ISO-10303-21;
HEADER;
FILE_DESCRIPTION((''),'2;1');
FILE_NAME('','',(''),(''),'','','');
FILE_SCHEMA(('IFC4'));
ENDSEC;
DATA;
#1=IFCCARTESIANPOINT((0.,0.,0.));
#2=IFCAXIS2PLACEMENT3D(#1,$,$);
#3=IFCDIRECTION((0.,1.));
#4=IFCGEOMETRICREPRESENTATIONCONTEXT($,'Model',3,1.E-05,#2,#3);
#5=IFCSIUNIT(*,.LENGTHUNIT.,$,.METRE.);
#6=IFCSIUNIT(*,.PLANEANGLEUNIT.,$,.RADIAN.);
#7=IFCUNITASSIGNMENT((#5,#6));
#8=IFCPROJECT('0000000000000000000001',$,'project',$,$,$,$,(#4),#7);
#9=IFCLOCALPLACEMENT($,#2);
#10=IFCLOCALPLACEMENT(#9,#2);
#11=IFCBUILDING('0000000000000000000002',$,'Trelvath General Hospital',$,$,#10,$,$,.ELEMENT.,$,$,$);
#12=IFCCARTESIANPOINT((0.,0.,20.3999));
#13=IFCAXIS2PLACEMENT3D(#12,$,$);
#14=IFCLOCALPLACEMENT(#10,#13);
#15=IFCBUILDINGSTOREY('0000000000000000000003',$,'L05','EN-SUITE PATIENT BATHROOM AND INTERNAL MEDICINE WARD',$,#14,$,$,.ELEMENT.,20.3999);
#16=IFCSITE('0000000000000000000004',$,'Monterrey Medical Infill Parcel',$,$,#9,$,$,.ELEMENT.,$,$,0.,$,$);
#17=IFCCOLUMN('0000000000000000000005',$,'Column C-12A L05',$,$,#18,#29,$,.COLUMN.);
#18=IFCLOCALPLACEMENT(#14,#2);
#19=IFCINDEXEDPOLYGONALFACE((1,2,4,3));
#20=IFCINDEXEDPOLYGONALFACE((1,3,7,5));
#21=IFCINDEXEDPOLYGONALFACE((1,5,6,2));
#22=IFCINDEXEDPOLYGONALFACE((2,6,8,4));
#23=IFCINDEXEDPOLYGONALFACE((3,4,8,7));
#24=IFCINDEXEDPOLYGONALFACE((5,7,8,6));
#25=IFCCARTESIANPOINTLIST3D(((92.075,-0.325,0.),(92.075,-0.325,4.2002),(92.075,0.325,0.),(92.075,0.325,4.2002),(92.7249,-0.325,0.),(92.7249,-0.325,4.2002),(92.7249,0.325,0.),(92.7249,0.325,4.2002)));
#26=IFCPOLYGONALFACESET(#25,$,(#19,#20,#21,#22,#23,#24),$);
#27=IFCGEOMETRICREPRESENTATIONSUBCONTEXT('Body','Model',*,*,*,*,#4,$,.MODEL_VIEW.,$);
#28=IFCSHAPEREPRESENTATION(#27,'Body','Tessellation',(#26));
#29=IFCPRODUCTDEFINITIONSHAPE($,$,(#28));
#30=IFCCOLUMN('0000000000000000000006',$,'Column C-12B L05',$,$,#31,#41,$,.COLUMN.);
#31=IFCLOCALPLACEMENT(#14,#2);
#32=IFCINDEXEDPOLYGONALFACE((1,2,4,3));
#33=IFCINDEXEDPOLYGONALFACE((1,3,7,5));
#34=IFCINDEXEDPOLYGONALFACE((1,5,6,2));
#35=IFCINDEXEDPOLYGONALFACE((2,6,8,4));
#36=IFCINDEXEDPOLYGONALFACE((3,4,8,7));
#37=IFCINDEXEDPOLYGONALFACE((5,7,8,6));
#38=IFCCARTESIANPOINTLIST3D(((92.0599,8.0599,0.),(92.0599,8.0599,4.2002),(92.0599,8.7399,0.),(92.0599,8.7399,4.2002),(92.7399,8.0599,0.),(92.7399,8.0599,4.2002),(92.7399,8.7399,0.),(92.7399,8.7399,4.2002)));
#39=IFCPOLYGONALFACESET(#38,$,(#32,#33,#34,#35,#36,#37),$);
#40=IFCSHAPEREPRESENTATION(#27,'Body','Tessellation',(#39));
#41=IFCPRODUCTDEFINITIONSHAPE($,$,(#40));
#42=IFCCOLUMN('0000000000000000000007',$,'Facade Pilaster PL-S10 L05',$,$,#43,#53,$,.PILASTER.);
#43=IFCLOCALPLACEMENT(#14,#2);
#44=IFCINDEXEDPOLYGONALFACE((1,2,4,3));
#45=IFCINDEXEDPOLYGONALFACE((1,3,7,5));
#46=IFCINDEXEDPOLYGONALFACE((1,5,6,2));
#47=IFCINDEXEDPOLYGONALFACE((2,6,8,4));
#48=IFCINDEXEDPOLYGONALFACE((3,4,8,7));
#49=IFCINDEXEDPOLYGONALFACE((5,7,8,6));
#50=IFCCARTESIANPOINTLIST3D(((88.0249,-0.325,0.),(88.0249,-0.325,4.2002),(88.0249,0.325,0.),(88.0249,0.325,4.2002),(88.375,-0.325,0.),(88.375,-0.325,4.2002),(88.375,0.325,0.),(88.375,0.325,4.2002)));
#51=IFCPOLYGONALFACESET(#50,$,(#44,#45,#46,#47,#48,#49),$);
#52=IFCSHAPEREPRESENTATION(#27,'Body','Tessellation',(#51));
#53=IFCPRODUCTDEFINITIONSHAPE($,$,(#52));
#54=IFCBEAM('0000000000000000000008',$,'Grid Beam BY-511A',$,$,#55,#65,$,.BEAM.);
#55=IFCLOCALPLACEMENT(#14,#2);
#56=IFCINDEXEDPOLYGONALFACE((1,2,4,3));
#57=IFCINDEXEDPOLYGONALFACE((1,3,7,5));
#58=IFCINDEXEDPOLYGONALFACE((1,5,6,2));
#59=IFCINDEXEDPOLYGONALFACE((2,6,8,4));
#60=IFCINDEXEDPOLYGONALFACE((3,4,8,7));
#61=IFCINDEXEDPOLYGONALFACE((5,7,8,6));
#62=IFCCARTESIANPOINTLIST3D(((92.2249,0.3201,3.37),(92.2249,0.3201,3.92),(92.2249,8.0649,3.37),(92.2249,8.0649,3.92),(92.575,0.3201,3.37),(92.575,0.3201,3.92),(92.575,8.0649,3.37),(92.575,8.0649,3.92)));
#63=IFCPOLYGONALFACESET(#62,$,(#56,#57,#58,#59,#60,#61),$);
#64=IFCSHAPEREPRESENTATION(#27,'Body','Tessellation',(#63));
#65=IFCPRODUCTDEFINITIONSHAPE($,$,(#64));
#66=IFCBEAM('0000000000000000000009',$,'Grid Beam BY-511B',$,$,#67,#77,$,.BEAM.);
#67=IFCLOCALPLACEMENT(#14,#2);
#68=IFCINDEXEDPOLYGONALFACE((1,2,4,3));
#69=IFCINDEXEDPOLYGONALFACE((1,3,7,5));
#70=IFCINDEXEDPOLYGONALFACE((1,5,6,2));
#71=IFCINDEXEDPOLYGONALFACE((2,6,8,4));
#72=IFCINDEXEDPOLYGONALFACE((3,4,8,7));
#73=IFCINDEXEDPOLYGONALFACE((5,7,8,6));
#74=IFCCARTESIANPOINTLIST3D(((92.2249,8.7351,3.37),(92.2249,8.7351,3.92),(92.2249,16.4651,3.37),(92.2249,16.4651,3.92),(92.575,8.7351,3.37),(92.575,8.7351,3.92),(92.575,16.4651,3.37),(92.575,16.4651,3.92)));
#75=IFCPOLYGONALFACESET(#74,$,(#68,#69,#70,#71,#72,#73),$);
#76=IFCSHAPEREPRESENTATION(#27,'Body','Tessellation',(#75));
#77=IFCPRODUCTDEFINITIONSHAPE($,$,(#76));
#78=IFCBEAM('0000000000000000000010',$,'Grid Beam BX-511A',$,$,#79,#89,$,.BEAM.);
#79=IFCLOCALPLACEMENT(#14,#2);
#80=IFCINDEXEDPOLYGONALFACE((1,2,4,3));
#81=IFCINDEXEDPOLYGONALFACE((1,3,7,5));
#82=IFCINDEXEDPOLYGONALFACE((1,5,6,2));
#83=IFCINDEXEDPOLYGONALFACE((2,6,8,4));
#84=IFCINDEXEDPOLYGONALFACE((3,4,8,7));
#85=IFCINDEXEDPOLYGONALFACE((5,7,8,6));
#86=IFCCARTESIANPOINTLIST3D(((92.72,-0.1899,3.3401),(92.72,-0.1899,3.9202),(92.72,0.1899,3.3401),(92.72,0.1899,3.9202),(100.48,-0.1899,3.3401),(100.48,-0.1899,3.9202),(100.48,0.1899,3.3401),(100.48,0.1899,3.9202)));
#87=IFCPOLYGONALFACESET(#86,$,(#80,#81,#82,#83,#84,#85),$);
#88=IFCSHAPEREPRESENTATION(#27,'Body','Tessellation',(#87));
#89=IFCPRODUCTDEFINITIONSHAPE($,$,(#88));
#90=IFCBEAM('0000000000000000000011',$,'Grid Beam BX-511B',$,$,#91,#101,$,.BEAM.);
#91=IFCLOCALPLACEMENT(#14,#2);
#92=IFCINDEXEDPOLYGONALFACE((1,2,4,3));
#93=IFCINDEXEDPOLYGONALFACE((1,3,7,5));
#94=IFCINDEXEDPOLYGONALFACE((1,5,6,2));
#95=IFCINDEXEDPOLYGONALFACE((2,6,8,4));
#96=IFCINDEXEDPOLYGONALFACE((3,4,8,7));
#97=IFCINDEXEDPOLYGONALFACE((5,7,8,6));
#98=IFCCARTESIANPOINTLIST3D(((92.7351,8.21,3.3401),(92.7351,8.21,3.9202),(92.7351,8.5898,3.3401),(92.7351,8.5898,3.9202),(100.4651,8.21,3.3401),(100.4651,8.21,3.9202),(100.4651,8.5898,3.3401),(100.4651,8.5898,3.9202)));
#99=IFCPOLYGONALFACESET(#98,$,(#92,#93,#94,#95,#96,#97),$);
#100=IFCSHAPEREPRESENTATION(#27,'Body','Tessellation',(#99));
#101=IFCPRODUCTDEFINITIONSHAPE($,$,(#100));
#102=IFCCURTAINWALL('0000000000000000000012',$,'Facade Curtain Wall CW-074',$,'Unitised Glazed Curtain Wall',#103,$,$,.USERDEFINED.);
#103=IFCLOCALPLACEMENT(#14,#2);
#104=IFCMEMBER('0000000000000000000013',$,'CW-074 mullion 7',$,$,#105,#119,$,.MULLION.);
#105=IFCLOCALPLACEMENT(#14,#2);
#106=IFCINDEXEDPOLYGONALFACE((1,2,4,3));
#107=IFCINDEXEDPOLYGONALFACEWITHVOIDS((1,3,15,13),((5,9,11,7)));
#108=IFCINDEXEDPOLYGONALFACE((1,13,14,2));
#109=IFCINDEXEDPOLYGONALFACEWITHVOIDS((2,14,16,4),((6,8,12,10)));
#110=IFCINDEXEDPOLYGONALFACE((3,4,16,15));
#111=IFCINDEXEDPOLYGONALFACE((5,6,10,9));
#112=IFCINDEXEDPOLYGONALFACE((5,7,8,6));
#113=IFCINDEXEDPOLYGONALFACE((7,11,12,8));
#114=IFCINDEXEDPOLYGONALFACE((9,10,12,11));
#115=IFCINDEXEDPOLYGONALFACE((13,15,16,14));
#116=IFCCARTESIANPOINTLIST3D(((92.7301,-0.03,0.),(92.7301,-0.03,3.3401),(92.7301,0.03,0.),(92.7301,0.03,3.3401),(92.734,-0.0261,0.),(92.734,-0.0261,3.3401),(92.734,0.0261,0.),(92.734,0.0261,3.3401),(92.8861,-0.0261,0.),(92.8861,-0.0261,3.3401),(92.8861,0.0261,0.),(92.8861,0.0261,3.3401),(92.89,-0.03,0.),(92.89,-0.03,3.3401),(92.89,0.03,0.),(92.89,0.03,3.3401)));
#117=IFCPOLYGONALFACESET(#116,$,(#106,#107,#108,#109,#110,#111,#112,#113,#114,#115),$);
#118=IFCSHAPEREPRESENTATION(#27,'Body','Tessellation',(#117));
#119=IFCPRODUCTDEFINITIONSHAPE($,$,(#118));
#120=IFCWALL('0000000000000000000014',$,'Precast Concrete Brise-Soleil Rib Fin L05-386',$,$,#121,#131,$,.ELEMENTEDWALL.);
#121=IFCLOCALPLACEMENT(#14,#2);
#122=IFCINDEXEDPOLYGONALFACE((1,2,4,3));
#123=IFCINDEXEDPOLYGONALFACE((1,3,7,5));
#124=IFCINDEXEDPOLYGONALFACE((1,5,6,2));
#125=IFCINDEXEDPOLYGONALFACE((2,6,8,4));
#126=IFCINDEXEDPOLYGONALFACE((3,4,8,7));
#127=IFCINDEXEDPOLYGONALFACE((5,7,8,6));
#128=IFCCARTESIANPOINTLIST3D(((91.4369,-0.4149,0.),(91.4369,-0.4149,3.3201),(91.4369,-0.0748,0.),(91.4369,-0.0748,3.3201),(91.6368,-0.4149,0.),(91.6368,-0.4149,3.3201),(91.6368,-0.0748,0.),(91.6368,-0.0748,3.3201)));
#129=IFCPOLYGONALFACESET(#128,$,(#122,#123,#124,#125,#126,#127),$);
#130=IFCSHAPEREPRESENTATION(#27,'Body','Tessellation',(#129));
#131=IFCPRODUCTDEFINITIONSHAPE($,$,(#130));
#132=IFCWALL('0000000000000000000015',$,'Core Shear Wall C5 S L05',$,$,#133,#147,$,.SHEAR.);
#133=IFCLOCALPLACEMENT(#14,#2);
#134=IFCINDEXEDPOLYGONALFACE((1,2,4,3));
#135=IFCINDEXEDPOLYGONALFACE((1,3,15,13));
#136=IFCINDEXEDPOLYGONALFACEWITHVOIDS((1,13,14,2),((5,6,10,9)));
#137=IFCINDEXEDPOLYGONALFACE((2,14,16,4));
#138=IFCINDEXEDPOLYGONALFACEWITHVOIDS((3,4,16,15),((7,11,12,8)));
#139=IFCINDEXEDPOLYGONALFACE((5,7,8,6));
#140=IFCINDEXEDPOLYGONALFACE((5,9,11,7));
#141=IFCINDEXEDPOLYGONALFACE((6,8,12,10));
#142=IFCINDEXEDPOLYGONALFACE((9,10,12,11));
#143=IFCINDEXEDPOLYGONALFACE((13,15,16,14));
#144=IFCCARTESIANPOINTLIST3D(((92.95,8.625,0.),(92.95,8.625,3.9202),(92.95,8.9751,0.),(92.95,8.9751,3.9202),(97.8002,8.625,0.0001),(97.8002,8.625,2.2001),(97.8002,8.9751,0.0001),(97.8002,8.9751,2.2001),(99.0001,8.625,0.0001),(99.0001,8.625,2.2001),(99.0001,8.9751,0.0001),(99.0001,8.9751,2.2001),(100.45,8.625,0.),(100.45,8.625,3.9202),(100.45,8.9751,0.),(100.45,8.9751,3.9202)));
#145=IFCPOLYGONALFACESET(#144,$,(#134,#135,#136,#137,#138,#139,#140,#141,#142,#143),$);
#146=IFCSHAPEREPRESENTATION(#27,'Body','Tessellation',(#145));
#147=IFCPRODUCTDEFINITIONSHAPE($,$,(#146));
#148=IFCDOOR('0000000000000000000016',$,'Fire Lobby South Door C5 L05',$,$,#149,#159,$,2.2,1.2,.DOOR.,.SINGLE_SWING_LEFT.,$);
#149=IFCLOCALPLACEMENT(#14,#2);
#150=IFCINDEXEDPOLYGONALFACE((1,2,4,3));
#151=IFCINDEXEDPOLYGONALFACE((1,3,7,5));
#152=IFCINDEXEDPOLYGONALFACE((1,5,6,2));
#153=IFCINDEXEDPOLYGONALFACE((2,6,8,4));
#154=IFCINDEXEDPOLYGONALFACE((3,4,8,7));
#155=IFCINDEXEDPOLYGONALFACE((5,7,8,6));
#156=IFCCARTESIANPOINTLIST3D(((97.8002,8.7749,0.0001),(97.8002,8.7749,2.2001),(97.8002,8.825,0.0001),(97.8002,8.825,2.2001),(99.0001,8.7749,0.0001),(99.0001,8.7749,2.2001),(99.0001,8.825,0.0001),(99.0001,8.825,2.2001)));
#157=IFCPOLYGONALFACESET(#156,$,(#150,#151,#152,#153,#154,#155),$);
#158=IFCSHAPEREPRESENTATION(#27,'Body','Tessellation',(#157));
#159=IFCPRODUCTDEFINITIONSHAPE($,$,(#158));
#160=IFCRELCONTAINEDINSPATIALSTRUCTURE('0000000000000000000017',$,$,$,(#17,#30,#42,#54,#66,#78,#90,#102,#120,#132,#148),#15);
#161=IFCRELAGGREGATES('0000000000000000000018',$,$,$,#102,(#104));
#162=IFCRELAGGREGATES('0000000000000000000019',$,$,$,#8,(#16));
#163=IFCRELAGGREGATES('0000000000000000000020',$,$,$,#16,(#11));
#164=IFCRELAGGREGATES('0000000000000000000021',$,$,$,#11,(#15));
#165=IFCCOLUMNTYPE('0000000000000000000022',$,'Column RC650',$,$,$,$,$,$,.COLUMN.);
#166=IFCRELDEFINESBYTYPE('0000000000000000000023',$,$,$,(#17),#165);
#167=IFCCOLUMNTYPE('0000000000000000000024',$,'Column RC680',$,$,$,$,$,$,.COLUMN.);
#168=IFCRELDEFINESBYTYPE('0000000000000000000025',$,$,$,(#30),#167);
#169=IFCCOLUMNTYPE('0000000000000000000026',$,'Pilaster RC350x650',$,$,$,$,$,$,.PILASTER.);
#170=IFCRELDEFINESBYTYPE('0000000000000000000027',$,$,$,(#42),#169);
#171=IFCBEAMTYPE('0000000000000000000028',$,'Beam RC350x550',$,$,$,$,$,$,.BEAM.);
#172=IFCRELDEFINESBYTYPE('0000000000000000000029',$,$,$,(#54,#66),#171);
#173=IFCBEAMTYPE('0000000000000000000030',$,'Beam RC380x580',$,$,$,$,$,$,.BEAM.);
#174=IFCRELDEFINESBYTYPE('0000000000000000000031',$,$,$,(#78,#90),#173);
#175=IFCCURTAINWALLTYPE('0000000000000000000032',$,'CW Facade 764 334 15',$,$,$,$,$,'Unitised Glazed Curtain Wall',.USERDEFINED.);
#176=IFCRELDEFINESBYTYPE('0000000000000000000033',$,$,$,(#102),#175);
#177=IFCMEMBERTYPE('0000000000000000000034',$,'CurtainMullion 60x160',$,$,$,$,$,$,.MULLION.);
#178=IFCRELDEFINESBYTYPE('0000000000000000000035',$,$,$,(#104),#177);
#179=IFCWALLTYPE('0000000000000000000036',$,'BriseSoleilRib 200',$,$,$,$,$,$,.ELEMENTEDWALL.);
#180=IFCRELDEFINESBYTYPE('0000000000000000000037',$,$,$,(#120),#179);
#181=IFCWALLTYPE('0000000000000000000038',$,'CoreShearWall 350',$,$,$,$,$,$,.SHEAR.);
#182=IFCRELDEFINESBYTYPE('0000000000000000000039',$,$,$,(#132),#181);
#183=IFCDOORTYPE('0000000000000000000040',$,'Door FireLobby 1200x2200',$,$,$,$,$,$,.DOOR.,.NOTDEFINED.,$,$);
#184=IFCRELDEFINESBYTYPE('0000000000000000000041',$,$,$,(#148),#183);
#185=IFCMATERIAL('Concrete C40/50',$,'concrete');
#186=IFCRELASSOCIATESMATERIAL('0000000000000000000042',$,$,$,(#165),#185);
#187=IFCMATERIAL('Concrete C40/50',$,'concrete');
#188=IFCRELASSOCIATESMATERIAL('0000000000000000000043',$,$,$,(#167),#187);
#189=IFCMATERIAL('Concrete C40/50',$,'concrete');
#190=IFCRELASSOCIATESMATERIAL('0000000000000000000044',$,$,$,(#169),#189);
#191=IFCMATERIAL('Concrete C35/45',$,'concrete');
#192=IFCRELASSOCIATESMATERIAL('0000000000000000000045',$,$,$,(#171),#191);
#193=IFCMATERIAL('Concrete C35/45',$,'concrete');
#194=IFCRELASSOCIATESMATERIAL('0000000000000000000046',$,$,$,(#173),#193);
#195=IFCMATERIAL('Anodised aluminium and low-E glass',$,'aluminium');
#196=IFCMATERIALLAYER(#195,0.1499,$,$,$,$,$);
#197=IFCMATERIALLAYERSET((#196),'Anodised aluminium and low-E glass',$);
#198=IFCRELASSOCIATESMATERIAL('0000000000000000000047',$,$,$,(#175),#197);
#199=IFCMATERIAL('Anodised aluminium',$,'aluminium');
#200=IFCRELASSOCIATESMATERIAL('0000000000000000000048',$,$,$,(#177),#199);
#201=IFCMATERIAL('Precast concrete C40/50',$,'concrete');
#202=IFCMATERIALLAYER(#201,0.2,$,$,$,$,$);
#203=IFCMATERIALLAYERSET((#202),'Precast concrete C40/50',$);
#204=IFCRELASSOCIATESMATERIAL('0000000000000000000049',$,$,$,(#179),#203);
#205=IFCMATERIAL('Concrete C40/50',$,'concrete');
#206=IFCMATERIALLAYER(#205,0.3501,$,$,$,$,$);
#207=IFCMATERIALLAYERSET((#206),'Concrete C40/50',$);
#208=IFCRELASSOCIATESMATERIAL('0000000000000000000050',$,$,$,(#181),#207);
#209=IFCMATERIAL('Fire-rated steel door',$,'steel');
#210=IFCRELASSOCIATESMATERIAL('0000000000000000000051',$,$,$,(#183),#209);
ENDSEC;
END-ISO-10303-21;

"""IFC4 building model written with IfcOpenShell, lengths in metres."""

from ifc_helpers import new_model, si_unit, direction, frame, frame_2d, origin, origin_2d, place, context, subcontext, project, spatial, rectangle, hollow_rectangle, extrude, material, layer, layer_set, material_profile, profile_set, type_object, element, fill, aggregate, save


model = new_model("IFC4")

# Units and contexts
model_context = context("Model", 3, precision=1e-05, world=origin(), true_north=direction((0.0, 1.0)))
body_context = subcontext(model_context, "Body", "Model", "MODEL_VIEW")
ifc_project = project(units=[si_unit("LENGTHUNIT", "METRE"), si_unit("PLANEANGLEUNIT", "RADIAN")], contexts=[model_context])

# Site, building, storey
site_placement = place(None, origin())
site = spatial("IfcSite", under=ifc_project, at=site_placement, Name="Monterrey Medical Infill Parcel", CompositionType="ELEMENT", RefElevation=0.0)
building_placement = place(site_placement, origin())
building = spatial("IfcBuilding", under=site, at=building_placement, Name="Trelvath General Hospital", CompositionType="ELEMENT")
storey_placement = place(building_placement, frame((0.0, 0.0, 20.3999)))
storey = spatial("IfcBuildingStorey", under=building, at=storey_placement, Name="L05", Description="EN-SUITE PATIENT BATHROOM AND INTERNAL MEDICINE WARD", CompositionType="ELEMENT", Elevation=20.3999)

# Columns
ifc_material_1 = material(Name="Concrete C40/50", Category="concrete")
ifc_material_profile_1 = material_profile(ifc_material_1, rectangle(XDim=0.6499, YDim=0.6499, at=origin_2d()), Name="RC650x650")
ifc_profile_set_1 = profile_set([ifc_material_profile_1], Name="Concrete C40/50")
column_type_1 = type_object("IfcColumnType", Name="Column RC650", PredefinedType="COLUMN", material=ifc_profile_set_1)
column_1_placement = place(storey_placement, frame((92.3999, 0.0, 0.0), z_axis=(0.0, 0.0, 1.0), x_axis=(1.0, 0.0, 0.0)))
element("IfcColumn", 1, at=column_1_placement, inside=storey, type_object=column_type_1, Name="Column C-12A L05", PredefinedType="COLUMN", context=body_context, shape_type="SweptSolid", body=[
    extrude(rectangle(XDim=0.6499, YDim=0.6499, at=origin_2d()), origin(), (0.0, 0.0, 1.0), 4.2002),
])
ifc_material_2 = material(Name="Concrete C40/50", Category="concrete")
ifc_material_profile_2 = material_profile(ifc_material_2, rectangle(XDim=0.6799, YDim=0.6799, at=origin_2d()), Name="RC680x680")
ifc_profile_set_2 = profile_set([ifc_material_profile_2], Name="Concrete C40/50")
column_type_2 = type_object("IfcColumnType", Name="Column RC680", PredefinedType="COLUMN", material=ifc_profile_set_2)
column_2_placement = place(storey_placement, frame((92.3999, 8.3999, 0.0), z_axis=(0.0, 0.0, 1.0), x_axis=(1.0, 0.0, 0.0)))
element("IfcColumn", 2, at=column_2_placement, inside=storey, type_object=column_type_2, Name="Column C-12B L05", PredefinedType="COLUMN", context=body_context, shape_type="SweptSolid", body=[
    extrude(rectangle(XDim=0.6799, YDim=0.6799, at=origin_2d()), origin(), (0.0, 0.0, 1.0), 4.2002),
])
ifc_material_3 = material(Name="Concrete C40/50", Category="concrete")
ifc_material_profile_3 = material_profile(ifc_material_3, rectangle(XDim=0.3501, YDim=0.6499, at=origin_2d()), Name="RC350x650")
ifc_profile_set_3 = profile_set([ifc_material_profile_3], Name="Concrete C40/50")
column_type_3 = type_object("IfcColumnType", Name="Pilaster RC350x650", PredefinedType="PILASTER", material=ifc_profile_set_3)
column_3_placement = place(storey_placement, frame((88.2, 0.0, 0.0), z_axis=(0.0, 0.0, 1.0), x_axis=(1.0, 0.0, 0.0)))
element("IfcColumn", 3, at=column_3_placement, inside=storey, type_object=column_type_3, Name="Facade Pilaster PL-S10 L05", PredefinedType="PILASTER", context=body_context, shape_type="SweptSolid", body=[
    extrude(rectangle(XDim=0.3501, YDim=0.6499, at=origin_2d()), origin(), (0.0, 0.0, 1.0), 4.2002),
])

# Beams
ifc_material_4 = material(Name="Concrete C35/45", Category="concrete")
ifc_material_profile_4 = material_profile(ifc_material_4, rectangle(XDim=0.3501, YDim=0.55, at=origin_2d()), Name="RCB350x550")
ifc_profile_set_4 = profile_set([ifc_material_profile_4], Name="Concrete C35/45")
beam_type_1 = type_object("IfcBeamType", Name="Beam RC350x550", PredefinedType="BEAM", material=ifc_profile_set_4)
beam_1_placement = place(storey_placement, frame((92.3999, 0.3201, 3.645), z_axis=(0.0, 1.0, 0.0), x_axis=(-1.0, 0.0, 0.0)))
element("IfcBeam", 4, at=beam_1_placement, inside=storey, type_object=beam_type_1, Name="Grid Beam BY-511A", PredefinedType="BEAM", context=body_context, shape_type="SweptSolid", body=[
    extrude(rectangle(XDim=0.3501, YDim=0.55, at=origin_2d()), origin(), (0.0, 0.0, 1.0), 7.7449),
])
beam_2_placement = place(storey_placement, frame((92.3999, 8.7351, 3.645), z_axis=(0.0, 1.0, 0.0), x_axis=(-1.0, 0.0, 0.0)))
element("IfcBeam", 5, at=beam_2_placement, inside=storey, type_object=beam_type_1, Name="Grid Beam BY-511B", PredefinedType="BEAM", context=body_context, shape_type="SweptSolid", body=[
    extrude(rectangle(XDim=0.3501, YDim=0.55, at=origin_2d()), origin(), (0.0, 0.0, 1.0), 7.73),
])
ifc_material_5 = material(Name="Concrete C35/45", Category="concrete")
ifc_material_profile_5 = material_profile(ifc_material_5, rectangle(XDim=0.3799, YDim=0.5801, at=origin_2d()), Name="RCB380x580")
ifc_profile_set_5 = profile_set([ifc_material_profile_5], Name="Concrete C35/45")
beam_type_2 = type_object("IfcBeamType", Name="Beam RC380x580", PredefinedType="BEAM", material=ifc_profile_set_5)
beam_3_placement = place(storey_placement, frame((92.72, 0.0, 3.6301), z_axis=(1.0, 0.0, 0.0), x_axis=(0.0, 1.0, 0.0)))
element("IfcBeam", 6, at=beam_3_placement, inside=storey, type_object=beam_type_2, Name="Grid Beam BX-511A", PredefinedType="BEAM", context=body_context, shape_type="SweptSolid", body=[
    extrude(rectangle(XDim=0.3799, YDim=0.5801, at=origin_2d()), origin(), (0.0, 0.0, 1.0), 7.76),
])
beam_4_placement = place(storey_placement, frame((92.7351, 8.3999, 3.6301), z_axis=(1.0, 0.0, 0.0), x_axis=(0.0, 1.0, 0.0)))
element("IfcBeam", 7, at=beam_4_placement, inside=storey, type_object=beam_type_2, Name="Grid Beam BX-511B", PredefinedType="BEAM", context=body_context, shape_type="SweptSolid", body=[
    extrude(rectangle(XDim=0.3799, YDim=0.5801, at=origin_2d()), origin(), (0.0, 0.0, 1.0), 7.73),
])

# Curtain wall, member
ifc_material_6 = material(Name="Anodised aluminium and low-E glass", Category="aluminium")
ifc_layer_1 = layer(ifc_material_6, 0.1499)
ifc_layer_set_1 = layer_set([ifc_layer_1], Name="Anodised aluminium and low-E glass")
curtain_wall_type = type_object("IfcCurtainWallType", Name="CW Facade 764 334 15", ElementType="Unitised Glazed Curtain Wall", PredefinedType="USERDEFINED", material=ifc_layer_set_1)
curtain_wall_placement = place(storey_placement, origin())
curtain_wall = element("IfcCurtainWall", 8, at=curtain_wall_placement, inside=storey, type_object=curtain_wall_type, Name="Facade Curtain Wall CW-074", ObjectType="Unitised Glazed Curtain Wall", PredefinedType="USERDEFINED")
ifc_material_7 = material(Name="Anodised aluminium", Category="aluminium")
ifc_material_profile_6 = material_profile(ifc_material_7, hollow_rectangle(XDim=0.0601, YDim=0.1599, WallThickness=0.0039, at=origin_2d()), Name="RHS60x160x4")
ifc_profile_set_6 = profile_set([ifc_material_profile_6], Name="Anodised aluminium")
member_type = type_object("IfcMemberType", Name="CurtainMullion 60x160", PredefinedType="MULLION", material=ifc_profile_set_6)
member_placement = place(storey_placement, frame((92.8101, 0.0, 0.0), z_axis=(0.0, 0.0, 1.0), x_axis=(0.0, -1.0, 0.0)))
member = element("IfcMember", 9, at=member_placement, type_object=member_type, Name="CW-074 mullion 7", PredefinedType="MULLION", context=body_context, shape_type="SweptSolid", body=[
    extrude(hollow_rectangle(XDim=0.0601, YDim=0.1599, WallThickness=0.0039, at=origin_2d()), origin(), (0.0, 0.0, 1.0), 3.3401),
])
aggregate(curtain_wall, [member])

# Wall
ifc_material_8 = material(Name="Precast concrete C40/50", Category="concrete")
ifc_layer_2 = layer(ifc_material_8, 0.2)
ifc_layer_set_2 = layer_set([ifc_layer_2], Name="Precast concrete C40/50")
wall_type_1 = type_object("IfcWallType", Name="BriseSoleilRib 200", PredefinedType="ELEMENTEDWALL", material=ifc_layer_set_2)
wall_1_placement = place(storey_placement, frame((91.5369, -0.075, 0.0), z_axis=(0.0, 0.0, 1.0), x_axis=(0.0, -1.0, 0.0)))
element("IfcWall", 10, at=wall_1_placement, inside=storey, type_object=wall_type_1, Name="Precast Concrete Brise-Soleil Rib Fin L05-386", PredefinedType="ELEMENTEDWALL", context=body_context, shape_type="SweptSolid", body=[
    extrude(rectangle(XDim=0.3401, YDim=0.2, at=frame_2d((0.1699, 0.0))), origin(), (0.0, 0.0, 1.0), 3.3201),
])

# Wall, opening, door
ifc_material_9 = material(Name="Concrete C40/50", Category="concrete")
ifc_layer_3 = layer(ifc_material_9, 0.3501)
ifc_layer_set_3 = layer_set([ifc_layer_3], Name="Concrete C40/50")
wall_type_2 = type_object("IfcWallType", Name="CoreShearWall 350", PredefinedType="SHEAR", material=ifc_layer_set_3)
wall_2_placement = place(storey_placement, frame((92.95, 8.8, 0.0), z_axis=(0.0, 0.0, 1.0), x_axis=(1.0, 0.0, 0.0)))
wall_2 = element("IfcWall", 11, at=wall_2_placement, inside=storey, type_object=wall_type_2, Name="Core Shear Wall C5 S L05", PredefinedType="SHEAR", context=body_context, shape_type="SweptSolid", body=[
    extrude(rectangle(XDim=7.5, YDim=0.3501, at=frame_2d((3.75, 0.0))), origin(), (0.0, 0.0, 1.0), 3.9202),
])
opening_1_placement = place(wall_2_placement, frame((4.8501, 0.0, 0.0)))
opening_1 = element("IfcOpeningElement", 12, at=opening_1_placement, cuts=wall_2, PredefinedType="OPENING", context=body_context, shape_type="SweptSolid", body=[
    extrude(rectangle(XDim=1.2, YDim=2.2, at=frame_2d((0.6001, 1.1001))), frame((0.0, 0.1851, 0.0), z_axis=(0.0, -1.0, 0.0), x_axis=(1.0, 0.0, 0.0)), (0.0, 0.0, 1.0), 0.3701),
])
ifc_material_10 = material(Name="Fire-rated steel door", Category="steel")
door_type_1 = type_object("IfcDoorType", Name="Door FireLobby 1200x2200", OperationType="NOTDEFINED", PredefinedType="DOOR", material=ifc_material_10)
door_1_placement = place(opening_1_placement, origin())
door_1 = element("IfcDoor", 13, at=door_1_placement, inside=storey, type_object=door_type_1, Name="Fire Lobby South Door C5 L05", OperationType="SINGLE_SWING_LEFT", OverallHeight=2.2, OverallWidth=1.2, PredefinedType="DOOR", context=body_context, shape_type="SweptSolid", body=[
    extrude(rectangle(XDim=1.2, YDim=2.2, at=frame_2d((0.6001, 1.1001))), frame((0.0, 0.0249, 0.0), z_axis=(0.0, -1.0, 0.0), x_axis=(1.0, 0.0, 0.0)), (0.0, 0.0, 1.0), 0.05),
])
fill(opening_1, door_1)

save(model, "model.ifc")
